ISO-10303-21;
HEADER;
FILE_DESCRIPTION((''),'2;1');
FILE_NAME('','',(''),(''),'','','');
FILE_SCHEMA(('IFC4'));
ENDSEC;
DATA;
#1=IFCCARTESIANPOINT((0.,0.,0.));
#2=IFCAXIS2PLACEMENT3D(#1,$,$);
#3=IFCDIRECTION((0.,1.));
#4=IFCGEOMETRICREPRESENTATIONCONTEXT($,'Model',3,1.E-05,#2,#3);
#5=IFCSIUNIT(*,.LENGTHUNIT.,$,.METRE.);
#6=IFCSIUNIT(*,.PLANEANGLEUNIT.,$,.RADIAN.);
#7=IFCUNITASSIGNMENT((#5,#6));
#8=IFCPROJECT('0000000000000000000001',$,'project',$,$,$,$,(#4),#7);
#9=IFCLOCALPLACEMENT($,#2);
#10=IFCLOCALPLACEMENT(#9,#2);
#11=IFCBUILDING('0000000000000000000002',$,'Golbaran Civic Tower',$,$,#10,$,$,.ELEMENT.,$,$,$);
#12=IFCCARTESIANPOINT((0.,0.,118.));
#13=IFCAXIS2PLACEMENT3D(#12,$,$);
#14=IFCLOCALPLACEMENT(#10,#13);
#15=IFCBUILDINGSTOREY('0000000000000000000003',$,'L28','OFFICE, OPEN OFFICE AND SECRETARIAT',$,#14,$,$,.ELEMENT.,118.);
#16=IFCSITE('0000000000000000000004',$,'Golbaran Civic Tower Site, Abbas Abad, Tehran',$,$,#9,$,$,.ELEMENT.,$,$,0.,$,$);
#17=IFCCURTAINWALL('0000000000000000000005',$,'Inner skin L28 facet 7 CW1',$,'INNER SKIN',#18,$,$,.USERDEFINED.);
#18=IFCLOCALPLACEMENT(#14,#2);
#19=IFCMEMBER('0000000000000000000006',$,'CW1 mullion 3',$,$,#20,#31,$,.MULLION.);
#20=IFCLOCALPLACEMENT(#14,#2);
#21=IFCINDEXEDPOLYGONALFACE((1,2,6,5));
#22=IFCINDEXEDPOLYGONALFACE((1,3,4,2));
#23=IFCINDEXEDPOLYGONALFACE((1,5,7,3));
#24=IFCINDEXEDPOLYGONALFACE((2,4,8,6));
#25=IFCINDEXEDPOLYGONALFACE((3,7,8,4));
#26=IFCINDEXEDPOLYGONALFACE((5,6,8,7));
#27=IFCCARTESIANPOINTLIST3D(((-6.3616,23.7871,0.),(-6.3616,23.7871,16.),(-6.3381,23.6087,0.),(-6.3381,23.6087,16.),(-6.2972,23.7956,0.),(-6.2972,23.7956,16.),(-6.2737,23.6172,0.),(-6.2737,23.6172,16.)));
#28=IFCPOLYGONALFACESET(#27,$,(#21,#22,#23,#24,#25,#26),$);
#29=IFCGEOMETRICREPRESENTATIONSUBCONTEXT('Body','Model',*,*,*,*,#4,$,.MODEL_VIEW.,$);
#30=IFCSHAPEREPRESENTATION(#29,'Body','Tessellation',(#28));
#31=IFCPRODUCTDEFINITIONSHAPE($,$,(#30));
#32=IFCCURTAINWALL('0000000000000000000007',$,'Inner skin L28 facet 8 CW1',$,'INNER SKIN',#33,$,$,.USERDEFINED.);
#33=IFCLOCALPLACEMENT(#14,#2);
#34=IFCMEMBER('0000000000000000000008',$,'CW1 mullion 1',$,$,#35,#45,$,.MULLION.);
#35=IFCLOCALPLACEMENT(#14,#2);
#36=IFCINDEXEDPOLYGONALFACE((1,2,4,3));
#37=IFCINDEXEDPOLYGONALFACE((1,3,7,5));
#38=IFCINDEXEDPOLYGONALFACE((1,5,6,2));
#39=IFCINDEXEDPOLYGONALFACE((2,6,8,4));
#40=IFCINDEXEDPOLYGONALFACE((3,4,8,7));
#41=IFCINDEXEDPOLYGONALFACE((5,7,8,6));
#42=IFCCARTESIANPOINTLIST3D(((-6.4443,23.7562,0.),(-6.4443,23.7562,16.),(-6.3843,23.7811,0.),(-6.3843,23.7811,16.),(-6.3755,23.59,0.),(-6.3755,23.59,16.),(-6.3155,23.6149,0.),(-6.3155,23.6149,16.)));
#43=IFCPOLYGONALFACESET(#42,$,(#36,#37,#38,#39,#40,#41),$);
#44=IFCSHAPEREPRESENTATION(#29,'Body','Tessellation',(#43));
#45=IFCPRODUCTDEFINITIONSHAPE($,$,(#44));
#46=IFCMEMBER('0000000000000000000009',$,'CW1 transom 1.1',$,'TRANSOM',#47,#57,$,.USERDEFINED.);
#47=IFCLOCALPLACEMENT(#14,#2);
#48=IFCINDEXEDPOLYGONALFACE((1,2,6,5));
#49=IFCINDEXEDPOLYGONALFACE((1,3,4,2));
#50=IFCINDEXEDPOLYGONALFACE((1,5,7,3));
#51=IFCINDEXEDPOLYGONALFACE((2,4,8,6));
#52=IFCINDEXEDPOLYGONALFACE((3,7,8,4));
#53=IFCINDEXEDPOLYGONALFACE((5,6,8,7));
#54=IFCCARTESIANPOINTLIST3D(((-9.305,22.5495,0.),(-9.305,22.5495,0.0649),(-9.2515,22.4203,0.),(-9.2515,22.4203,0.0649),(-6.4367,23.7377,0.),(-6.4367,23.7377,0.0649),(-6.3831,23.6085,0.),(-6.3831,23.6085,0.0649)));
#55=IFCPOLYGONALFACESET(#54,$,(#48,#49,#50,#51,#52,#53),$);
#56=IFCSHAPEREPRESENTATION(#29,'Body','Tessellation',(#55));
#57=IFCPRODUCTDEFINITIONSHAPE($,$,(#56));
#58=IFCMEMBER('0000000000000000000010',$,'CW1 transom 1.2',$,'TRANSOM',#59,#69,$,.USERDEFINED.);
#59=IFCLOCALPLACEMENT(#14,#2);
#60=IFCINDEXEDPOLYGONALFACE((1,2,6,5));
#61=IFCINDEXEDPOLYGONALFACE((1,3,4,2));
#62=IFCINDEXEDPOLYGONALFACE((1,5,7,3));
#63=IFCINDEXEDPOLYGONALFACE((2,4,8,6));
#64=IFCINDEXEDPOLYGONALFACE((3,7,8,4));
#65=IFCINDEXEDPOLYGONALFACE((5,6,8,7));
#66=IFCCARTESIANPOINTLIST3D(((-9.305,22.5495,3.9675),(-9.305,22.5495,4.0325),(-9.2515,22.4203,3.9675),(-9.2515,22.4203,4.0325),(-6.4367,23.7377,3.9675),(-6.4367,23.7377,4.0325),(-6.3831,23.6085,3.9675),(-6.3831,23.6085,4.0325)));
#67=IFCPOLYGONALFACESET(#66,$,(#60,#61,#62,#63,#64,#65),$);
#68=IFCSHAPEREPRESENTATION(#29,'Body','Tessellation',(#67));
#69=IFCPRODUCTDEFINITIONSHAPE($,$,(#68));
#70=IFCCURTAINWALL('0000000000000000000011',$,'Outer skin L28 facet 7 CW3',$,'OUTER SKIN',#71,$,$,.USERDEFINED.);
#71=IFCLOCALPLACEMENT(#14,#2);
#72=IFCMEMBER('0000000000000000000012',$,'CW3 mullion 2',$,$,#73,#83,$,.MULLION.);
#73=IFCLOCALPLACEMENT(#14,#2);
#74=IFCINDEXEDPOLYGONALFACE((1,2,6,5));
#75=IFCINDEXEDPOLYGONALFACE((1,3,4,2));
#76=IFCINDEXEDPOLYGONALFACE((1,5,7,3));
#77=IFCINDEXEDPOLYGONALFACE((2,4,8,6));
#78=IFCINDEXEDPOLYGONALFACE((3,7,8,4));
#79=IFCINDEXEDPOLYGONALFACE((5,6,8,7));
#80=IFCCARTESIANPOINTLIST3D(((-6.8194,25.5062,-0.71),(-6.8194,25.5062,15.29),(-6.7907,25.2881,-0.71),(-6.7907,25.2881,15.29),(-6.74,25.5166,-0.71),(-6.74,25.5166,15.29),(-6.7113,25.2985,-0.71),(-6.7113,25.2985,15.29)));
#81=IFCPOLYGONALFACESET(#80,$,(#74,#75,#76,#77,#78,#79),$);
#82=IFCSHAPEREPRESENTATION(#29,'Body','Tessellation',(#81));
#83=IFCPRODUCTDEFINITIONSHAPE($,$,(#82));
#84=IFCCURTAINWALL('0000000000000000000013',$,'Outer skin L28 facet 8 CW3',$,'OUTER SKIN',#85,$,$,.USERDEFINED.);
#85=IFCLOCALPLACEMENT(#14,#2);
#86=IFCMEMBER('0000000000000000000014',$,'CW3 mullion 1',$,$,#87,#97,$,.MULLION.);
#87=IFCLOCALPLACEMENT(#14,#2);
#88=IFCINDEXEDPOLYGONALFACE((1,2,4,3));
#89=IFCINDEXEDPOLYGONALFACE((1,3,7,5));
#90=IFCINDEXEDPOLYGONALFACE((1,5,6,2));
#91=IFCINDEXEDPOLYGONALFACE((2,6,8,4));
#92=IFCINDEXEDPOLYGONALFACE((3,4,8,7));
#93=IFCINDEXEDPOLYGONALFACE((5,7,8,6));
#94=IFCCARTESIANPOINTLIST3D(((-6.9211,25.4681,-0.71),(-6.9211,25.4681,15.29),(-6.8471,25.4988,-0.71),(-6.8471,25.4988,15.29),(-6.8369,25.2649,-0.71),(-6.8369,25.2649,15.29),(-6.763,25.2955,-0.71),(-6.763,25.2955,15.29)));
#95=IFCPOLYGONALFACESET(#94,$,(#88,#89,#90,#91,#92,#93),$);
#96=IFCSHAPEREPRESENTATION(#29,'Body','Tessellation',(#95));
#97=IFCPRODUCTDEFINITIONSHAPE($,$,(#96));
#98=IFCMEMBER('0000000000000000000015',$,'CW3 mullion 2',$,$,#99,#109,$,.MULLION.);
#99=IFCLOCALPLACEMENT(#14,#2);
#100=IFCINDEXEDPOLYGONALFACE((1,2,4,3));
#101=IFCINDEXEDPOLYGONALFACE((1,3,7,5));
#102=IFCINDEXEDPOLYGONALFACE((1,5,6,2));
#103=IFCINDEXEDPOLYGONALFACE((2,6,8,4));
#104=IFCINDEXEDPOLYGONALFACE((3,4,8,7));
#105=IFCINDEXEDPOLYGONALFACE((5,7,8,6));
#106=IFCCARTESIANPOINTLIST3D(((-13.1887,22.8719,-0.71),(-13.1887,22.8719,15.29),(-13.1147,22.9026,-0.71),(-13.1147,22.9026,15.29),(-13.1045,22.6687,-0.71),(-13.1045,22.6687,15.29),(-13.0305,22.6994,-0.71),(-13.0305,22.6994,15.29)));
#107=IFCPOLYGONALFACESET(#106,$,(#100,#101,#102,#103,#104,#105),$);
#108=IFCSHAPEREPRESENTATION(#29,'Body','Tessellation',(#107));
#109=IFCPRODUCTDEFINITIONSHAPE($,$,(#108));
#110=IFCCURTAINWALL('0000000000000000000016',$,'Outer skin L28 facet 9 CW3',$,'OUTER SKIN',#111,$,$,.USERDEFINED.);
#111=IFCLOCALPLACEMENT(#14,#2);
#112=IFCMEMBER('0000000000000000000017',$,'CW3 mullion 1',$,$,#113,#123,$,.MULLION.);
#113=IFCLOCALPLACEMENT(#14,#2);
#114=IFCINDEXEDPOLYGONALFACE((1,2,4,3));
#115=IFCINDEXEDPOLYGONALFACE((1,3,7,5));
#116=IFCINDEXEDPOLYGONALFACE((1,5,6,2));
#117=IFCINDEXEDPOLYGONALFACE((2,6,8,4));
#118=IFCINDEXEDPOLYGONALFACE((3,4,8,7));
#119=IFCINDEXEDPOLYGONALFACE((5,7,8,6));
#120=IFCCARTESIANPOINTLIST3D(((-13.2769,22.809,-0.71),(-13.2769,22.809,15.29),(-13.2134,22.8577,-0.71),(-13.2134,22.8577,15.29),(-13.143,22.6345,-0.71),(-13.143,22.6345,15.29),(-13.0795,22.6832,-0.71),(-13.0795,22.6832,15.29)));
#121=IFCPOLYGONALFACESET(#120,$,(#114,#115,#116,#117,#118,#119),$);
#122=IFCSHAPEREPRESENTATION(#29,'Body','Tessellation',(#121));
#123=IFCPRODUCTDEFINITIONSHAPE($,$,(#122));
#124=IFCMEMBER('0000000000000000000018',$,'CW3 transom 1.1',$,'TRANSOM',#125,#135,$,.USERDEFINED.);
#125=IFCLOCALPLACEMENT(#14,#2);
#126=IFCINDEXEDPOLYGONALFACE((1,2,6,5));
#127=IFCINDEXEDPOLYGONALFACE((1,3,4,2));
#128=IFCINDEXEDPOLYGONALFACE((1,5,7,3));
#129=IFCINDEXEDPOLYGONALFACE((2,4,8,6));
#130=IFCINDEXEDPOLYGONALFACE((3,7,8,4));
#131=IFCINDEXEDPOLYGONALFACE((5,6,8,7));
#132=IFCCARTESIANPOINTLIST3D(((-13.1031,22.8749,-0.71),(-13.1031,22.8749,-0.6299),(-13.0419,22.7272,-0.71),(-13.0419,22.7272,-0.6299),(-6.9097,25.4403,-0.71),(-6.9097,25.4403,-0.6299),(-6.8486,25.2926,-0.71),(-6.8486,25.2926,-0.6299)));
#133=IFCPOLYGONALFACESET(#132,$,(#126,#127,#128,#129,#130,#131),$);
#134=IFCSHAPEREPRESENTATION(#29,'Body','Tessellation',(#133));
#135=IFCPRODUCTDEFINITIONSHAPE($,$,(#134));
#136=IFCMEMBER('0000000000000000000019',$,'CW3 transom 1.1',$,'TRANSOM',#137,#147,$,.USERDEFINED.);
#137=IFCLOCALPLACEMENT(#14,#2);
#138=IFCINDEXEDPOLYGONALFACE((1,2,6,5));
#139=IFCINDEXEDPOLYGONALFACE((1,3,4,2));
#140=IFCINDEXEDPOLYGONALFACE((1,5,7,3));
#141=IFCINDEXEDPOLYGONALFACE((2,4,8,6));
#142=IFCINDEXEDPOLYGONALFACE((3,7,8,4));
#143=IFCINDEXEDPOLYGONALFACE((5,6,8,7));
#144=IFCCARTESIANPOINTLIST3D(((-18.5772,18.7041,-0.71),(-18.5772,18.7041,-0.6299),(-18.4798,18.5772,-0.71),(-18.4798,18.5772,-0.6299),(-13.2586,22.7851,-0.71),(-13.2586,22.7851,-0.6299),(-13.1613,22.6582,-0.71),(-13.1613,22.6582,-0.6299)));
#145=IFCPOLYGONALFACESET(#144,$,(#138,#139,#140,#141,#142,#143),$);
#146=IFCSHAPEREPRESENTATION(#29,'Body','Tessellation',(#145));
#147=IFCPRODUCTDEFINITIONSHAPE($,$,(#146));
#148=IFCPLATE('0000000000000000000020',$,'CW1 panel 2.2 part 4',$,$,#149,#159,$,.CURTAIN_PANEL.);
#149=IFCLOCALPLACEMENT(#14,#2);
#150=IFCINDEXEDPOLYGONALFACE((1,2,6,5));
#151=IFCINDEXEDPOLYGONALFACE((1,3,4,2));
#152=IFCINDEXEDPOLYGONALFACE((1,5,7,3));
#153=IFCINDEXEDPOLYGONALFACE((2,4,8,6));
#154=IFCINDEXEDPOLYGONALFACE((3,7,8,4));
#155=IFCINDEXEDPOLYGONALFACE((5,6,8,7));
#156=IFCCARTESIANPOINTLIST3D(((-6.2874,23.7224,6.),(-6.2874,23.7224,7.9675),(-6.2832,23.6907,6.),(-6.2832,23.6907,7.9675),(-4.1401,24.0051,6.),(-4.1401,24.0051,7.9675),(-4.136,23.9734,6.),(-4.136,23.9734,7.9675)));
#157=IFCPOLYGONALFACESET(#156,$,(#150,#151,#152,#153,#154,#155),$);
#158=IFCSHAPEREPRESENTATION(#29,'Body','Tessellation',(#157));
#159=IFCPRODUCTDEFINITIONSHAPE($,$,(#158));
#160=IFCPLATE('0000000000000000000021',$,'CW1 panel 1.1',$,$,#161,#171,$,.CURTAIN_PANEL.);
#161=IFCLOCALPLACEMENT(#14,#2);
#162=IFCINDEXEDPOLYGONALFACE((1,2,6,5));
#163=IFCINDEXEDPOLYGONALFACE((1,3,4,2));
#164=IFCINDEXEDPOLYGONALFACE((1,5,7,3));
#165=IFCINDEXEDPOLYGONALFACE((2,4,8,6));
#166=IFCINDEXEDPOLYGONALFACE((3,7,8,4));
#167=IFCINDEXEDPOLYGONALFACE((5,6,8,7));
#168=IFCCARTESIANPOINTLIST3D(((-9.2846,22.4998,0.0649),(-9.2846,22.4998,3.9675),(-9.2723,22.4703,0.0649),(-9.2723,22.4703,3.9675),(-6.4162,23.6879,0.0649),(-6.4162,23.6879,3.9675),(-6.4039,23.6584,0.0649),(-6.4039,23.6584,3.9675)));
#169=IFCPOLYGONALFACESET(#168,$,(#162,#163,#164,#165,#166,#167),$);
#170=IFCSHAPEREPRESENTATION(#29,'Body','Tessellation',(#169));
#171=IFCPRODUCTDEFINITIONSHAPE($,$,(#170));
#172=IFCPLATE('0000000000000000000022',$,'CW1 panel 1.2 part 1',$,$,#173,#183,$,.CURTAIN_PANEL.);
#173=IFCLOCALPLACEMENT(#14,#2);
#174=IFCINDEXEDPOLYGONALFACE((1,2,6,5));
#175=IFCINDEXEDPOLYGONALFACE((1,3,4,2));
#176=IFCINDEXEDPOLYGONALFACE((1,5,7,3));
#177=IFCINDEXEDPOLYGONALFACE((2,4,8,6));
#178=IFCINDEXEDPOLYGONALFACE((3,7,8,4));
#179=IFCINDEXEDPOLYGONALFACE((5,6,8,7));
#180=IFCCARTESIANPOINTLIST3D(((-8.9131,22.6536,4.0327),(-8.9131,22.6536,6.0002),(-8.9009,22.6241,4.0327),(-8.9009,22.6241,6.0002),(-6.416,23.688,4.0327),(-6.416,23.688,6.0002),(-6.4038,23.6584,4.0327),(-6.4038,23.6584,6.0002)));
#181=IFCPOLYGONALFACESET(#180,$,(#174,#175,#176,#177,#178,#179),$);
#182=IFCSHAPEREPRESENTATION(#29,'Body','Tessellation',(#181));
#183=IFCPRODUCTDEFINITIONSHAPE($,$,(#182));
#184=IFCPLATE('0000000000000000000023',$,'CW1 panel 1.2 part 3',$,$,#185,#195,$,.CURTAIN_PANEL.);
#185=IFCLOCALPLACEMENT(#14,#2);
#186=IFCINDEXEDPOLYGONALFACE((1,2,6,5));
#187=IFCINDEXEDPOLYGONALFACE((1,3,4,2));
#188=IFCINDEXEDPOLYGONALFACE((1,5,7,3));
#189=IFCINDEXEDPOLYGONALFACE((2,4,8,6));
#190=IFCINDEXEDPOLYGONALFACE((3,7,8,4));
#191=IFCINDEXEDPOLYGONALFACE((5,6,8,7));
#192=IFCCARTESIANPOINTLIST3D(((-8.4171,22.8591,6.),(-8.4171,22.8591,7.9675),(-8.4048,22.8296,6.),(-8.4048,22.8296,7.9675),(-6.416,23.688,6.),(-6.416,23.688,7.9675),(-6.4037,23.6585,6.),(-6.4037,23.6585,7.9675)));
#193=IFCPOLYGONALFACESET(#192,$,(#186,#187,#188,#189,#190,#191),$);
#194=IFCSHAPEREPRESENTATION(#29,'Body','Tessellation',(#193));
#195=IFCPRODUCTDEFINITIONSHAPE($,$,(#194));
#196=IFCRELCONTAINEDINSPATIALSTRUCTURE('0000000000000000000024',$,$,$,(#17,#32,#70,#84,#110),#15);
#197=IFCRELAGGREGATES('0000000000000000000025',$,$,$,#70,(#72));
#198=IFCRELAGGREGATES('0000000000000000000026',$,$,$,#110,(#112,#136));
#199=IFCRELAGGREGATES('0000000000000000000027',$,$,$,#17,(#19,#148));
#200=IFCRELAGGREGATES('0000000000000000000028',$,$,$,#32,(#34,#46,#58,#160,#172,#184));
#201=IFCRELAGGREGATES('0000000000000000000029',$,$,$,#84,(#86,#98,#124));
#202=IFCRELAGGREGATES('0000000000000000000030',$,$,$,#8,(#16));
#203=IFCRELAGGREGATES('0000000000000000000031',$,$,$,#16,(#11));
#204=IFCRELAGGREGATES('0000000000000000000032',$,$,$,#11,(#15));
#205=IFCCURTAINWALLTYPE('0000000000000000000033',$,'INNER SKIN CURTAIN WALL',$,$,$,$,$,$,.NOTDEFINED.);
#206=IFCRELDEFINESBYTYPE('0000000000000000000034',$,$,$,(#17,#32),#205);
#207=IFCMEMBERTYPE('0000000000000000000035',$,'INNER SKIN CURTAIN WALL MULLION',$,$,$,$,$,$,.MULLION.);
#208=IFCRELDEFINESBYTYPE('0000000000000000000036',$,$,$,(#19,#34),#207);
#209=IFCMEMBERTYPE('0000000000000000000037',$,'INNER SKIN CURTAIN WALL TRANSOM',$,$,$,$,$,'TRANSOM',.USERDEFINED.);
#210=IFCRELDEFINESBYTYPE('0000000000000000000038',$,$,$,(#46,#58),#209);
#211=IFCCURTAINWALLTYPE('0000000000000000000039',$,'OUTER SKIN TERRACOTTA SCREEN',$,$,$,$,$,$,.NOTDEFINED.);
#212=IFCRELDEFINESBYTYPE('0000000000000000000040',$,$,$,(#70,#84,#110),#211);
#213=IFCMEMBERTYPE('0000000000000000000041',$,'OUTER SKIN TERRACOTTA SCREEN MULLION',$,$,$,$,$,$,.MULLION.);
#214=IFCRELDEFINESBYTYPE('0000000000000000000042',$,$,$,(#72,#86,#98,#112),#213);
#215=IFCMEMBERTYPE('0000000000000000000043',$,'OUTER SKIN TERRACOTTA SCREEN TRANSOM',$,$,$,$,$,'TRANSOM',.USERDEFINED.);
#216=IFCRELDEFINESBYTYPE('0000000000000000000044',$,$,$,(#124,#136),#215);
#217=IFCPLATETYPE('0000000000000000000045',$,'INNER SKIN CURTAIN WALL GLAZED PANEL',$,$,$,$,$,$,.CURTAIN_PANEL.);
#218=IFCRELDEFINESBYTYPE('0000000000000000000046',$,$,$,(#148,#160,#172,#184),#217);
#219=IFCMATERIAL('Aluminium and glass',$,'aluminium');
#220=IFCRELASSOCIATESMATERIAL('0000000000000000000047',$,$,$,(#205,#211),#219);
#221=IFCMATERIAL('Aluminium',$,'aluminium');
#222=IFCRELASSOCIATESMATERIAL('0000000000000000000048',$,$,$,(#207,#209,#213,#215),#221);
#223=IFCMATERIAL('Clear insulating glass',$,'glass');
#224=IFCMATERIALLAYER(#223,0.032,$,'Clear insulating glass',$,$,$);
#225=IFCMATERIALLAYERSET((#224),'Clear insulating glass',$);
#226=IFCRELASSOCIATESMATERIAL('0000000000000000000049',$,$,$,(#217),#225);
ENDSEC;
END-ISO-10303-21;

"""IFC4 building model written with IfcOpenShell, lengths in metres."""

from ifc_helpers import new_model, si_unit, direction, frame, origin, origin_2d, place, context, subcontext, project, spatial, rectangle, extrude, material, layer, layer_set, material_profile, profile_set, type_object, element, aggregate, save


model = new_model("IFC4")

# Units and contexts
model_context = context("Model", 3, precision=1e-05, world=origin(), true_north=direction((0.0, 1.0)))
body_context = subcontext(model_context, "Body", "Model", "MODEL_VIEW")
ifc_project = project(units=[si_unit("LENGTHUNIT", "METRE"), si_unit("PLANEANGLEUNIT", "RADIAN")], contexts=[model_context])

# Site, building, storey
site_placement = place(None, origin())
site = spatial("IfcSite", under=ifc_project, at=site_placement, Name="Golbaran Civic Tower Site, Abbas Abad, Tehran", CompositionType="ELEMENT", RefElevation=0.0)
building_placement = place(site_placement, origin())
building = spatial("IfcBuilding", under=site, at=building_placement, Name="Golbaran Civic Tower", CompositionType="ELEMENT")
storey_placement = place(building_placement, frame((0.0, 0.0, 118.0)))
storey = spatial("IfcBuildingStorey", under=building, at=storey_placement, Name="L28", Description="OFFICE, OPEN OFFICE AND SECRETARIAT", CompositionType="ELEMENT", Elevation=118.0)

# Curtain wall, member
ifc_material_1 = material(Name="Aluminium and glass", Category="aluminium")
curtain_wall_type_1 = type_object("IfcCurtainWallType", Name="INNER SKIN CURTAIN WALL", PredefinedType="NOTDEFINED", material=ifc_material_1)
curtain_wall_1_placement = place(storey_placement, origin())
curtain_wall_1 = element("IfcCurtainWall", 1, at=curtain_wall_1_placement, inside=storey, type_object=curtain_wall_type_1, Name="Inner skin L28 facet 7 CW1", ObjectType="INNER SKIN", PredefinedType="USERDEFINED")
ifc_material_2 = material(Name="Aluminium", Category="aluminium")
ifc_material_profile_1 = material_profile(ifc_material_2, rectangle(XDim=0.1799, YDim=0.0649, at=origin_2d()), Name="INNER SKIN CURTAIN WALL MULLION")
ifc_profile_set_1 = profile_set([ifc_material_profile_1], Name="Aluminium")
member_type_1 = type_object("IfcMemberType", Name="INNER SKIN CURTAIN WALL MULLION", PredefinedType="MULLION", material=ifc_profile_set_1)
member_1_placement = place(storey_placement, frame((-6.3176, 23.7021, 0.0), z_axis=(0.0, 0.0, 1.0), x_axis=(0.130526, -0.991445, 0.0)))
member_1 = element("IfcMember", 2, at=member_1_placement, type_object=member_type_1, Name="CW1 mullion 3", PredefinedType="MULLION", context=body_context, shape_type="SweptSolid", body=[
    extrude(rectangle(XDim=0.1799, YDim=0.0649, at=origin_2d()), origin(), (0.0, 0.0, 1.0), 16.0),
])

# Curtain wall, members
curtain_wall_2_placement = place(storey_placement, origin())
curtain_wall_2 = element("IfcCurtainWall", 3, at=curtain_wall_2_placement, inside=storey, type_object=curtain_wall_type_1, Name="Inner skin L28 facet 8 CW1", ObjectType="INNER SKIN", PredefinedType="USERDEFINED")
member_2_placement = place(storey_placement, frame((-6.3799, 23.6855, 0.0), z_axis=(0.0, 0.0, 1.0), x_axis=(0.382683, -0.92388, 0.0)))
member_2 = element("IfcMember", 4, at=member_2_placement, type_object=member_type_1, Name="CW1 mullion 1", PredefinedType="MULLION", context=body_context, shape_type="SweptSolid", body=[
    extrude(rectangle(XDim=0.1799, YDim=0.0649, at=origin_2d()), origin(), (0.0, 0.0, 1.0), 16.0),
])
ifc_material_profile_2 = material_profile(ifc_material_2, rectangle(XDim=0.1399, YDim=0.0649, at=origin_2d()), Name="INNER SKIN CURTAIN WALL TRANSOM")
ifc_profile_set_2 = profile_set([ifc_material_profile_2], Name="Aluminium")
member_type_2 = type_object("IfcMemberType", Name="INNER SKIN CURTAIN WALL TRANSOM", ElementType="TRANSOM", PredefinedType="USERDEFINED", material=ifc_profile_set_2)
member_3_placement = place(storey_placement, frame((-6.4099, 23.6731, 0.0325), z_axis=(-0.923868, -0.382711, 0.0), x_axis=(0.382711, -0.923868, 0.0)))
member_3 = element("IfcMember", 5, at=member_3_placement, type_object=member_type_2, Name="CW1 transom 1.1", ObjectType="TRANSOM", PredefinedType="USERDEFINED", context=body_context, shape_type="SweptSolid", body=[
    extrude(rectangle(XDim=0.1399, YDim=0.0649, at=origin_2d()), origin(), (0.0, 0.0, 1.0), 3.1047),
])
member_4_placement = place(storey_placement, frame((-6.4099, 23.6731, 4.0), z_axis=(-0.923868, -0.382711, 0.0), x_axis=(0.382711, -0.923868, 0.0)))
member_4 = element("IfcMember", 6, at=member_4_placement, type_object=member_type_2, Name="CW1 transom 1.2", ObjectType="TRANSOM", PredefinedType="USERDEFINED", context=body_context, shape_type="SweptSolid", body=[
    extrude(rectangle(XDim=0.1399, YDim=0.0649, at=origin_2d()), origin(), (0.0, 0.0, 1.0), 3.1047),
])

# Curtain wall, member
curtain_wall_type_2 = type_object("IfcCurtainWallType", Name="OUTER SKIN TERRACOTTA SCREEN", PredefinedType="NOTDEFINED", material=ifc_material_1)
curtain_wall_3_placement = place(storey_placement, origin())
curtain_wall_3 = element("IfcCurtainWall", 7, at=curtain_wall_3_placement, inside=storey, type_object=curtain_wall_type_2, Name="Outer skin L28 facet 7 CW3", ObjectType="OUTER SKIN", PredefinedType="USERDEFINED")
ifc_material_profile_3 = material_profile(ifc_material_2, rectangle(XDim=0.22, YDim=0.0801, at=origin_2d()), Name="OUTER SKIN TERRACOTTA SCREEN MULLION")
ifc_profile_set_3 = profile_set([ifc_material_profile_3], Name="Aluminium")
member_type_3 = type_object("IfcMemberType", Name="OUTER SKIN TERRACOTTA SCREEN MULLION", PredefinedType="MULLION", material=ifc_profile_set_3)
member_5_placement = place(storey_placement, frame((-6.7654, 25.4023, -0.71), z_axis=(0.0, 0.0, 1.0), x_axis=(0.130526, -0.991445, 0.0)))
member_5 = element("IfcMember", 8, at=member_5_placement, type_object=member_type_3, Name="CW3 mullion 2", PredefinedType="MULLION", context=body_context, shape_type="SweptSolid", body=[
    extrude(rectangle(XDim=0.22, YDim=0.0801, at=origin_2d()), origin(), (0.0, 0.0, 1.0), 16.0),
])
aggregate(curtain_wall_3, [member_5])

# Curtain wall, members
curtain_wall_4_placement = place(storey_placement, origin())
curtain_wall_4 = element("IfcCurtainWall", 9, at=curtain_wall_4_placement, inside=storey, type_object=curtain_wall_type_2, Name="Outer skin L28 facet 8 CW3", ObjectType="OUTER SKIN", PredefinedType="USERDEFINED")
member_6_placement = place(storey_placement, frame((-6.842, 25.3818, -0.71), z_axis=(0.0, 0.0, 1.0), x_axis=(0.382683, -0.92388, 0.0)))
member_6 = element("IfcMember", 10, at=member_6_placement, type_object=member_type_3, Name="CW3 mullion 1", PredefinedType="MULLION", context=body_context, shape_type="SweptSolid", body=[
    extrude(rectangle(XDim=0.22, YDim=0.0801, at=origin_2d()), origin(), (0.0, 0.0, 1.0), 16.0),
])
member_7_placement = place(storey_placement, frame((-13.1096, 22.7856, -0.71), z_axis=(0.0, 0.0, 1.0), x_axis=(0.382683, -0.92388, 0.0)))
member_7 = element("IfcMember", 11, at=member_7_placement, type_object=member_type_3, Name="CW3 mullion 2", PredefinedType="MULLION", context=body_context, shape_type="SweptSolid", body=[
    extrude(rectangle(XDim=0.22, YDim=0.0801, at=origin_2d()), origin(), (0.0, 0.0, 1.0), 16.0),
])

# Curtain wall, member
curtain_wall_5_placement = place(storey_placement, origin())
curtain_wall_5 = element("IfcCurtainWall", 12, at=curtain_wall_5_placement, inside=storey, type_object=curtain_wall_type_2, Name="Outer skin L28 facet 9 CW3", ObjectType="OUTER SKIN", PredefinedType="USERDEFINED")
member_8_placement = place(storey_placement, frame((-13.1782, 22.7461, -0.71), z_axis=(0.0, 0.0, 1.0), x_axis=(0.608761, -0.793353, 0.0)))
member_8 = element("IfcMember", 13, at=member_8_placement, type_object=member_type_3, Name="CW3 mullion 1", PredefinedType="MULLION", context=body_context, shape_type="SweptSolid", body=[
    extrude(rectangle(XDim=0.22, YDim=0.0801, at=origin_2d()), origin(), (0.0, 0.0, 1.0), 16.0),
])

# Members
ifc_material_profile_4 = material_profile(ifc_material_2, rectangle(XDim=0.1599, YDim=0.0801, at=origin_2d()), Name="OUTER SKIN TERRACOTTA SCREEN TRANSOM")
ifc_profile_set_4 = profile_set([ifc_material_profile_4], Name="Aluminium")
member_type_4 = type_object("IfcMemberType", Name="OUTER SKIN TERRACOTTA SCREEN TRANSOM", ElementType="TRANSOM", PredefinedType="USERDEFINED", material=ifc_profile_set_4)
member_9_placement = place(storey_placement, frame((-6.8792, 25.3665, -0.6699), z_axis=(-0.923877, -0.382691, 0.0), x_axis=(0.382691, -0.923877, 0.0)))
member_9 = element("IfcMember", 14, at=member_9_placement, type_object=member_type_4, Name="CW3 transom 1.1", ObjectType="TRANSOM", PredefinedType="USERDEFINED", context=body_context, shape_type="SweptSolid", body=[
    extrude(rectangle(XDim=0.1599, YDim=0.0801, at=origin_2d()), origin(), (0.0, 0.0, 1.0), 6.7036),
])
member_10_placement = place(storey_placement, frame((-13.21, 22.7217, -0.6699), z_axis=(-0.793357, -0.608756, 0.0), x_axis=(0.608756, -0.793357, 0.0)))
member_10 = element("IfcMember", 15, at=member_10_placement, type_object=member_type_4, Name="CW3 transom 1.1", ObjectType="TRANSOM", PredefinedType="USERDEFINED", context=body_context, shape_type="SweptSolid", body=[
    extrude(rectangle(XDim=0.1599, YDim=0.0801, at=origin_2d()), origin(), (0.0, 0.0, 1.0), 6.7039),
])
aggregate(curtain_wall_5, [member_8, member_10])

# Plates
ifc_material_3 = material(Name="Clear insulating glass", Category="glass")
ifc_layer_1 = layer(ifc_material_3, 0.032, Name="Clear insulating glass")
ifc_layer_set_1 = layer_set([ifc_layer_1], Name="Clear insulating glass")
plate_type_1 = type_object("IfcPlateType", Name="INNER SKIN CURTAIN WALL GLAZED PANEL", PredefinedType="CURTAIN_PANEL", material=ifc_layer_set_1)
plate_1_placement = place(storey_placement, frame((-5.2117, 23.8479, 6.0), z_axis=(0.0, 0.0, 1.0), x_axis=(-0.991445, -0.130526, 0.0)))
plate_1 = element("IfcPlate", 16, at=plate_1_placement, type_object=plate_type_1, Name="CW1 panel 2.2 part 4", PredefinedType="CURTAIN_PANEL", context=body_context, shape_type="SweptSolid", body=[
    extrude(rectangle(XDim=2.1658, YDim=0.032, at=origin_2d()), origin(), (0.0, 0.0, 1.0), 1.9675),
])
aggregate(curtain_wall_1, [member_1, plate_1])
plate_2_placement = place(storey_placement, frame((-7.8442, 23.0791, 0.0649), z_axis=(0.0, 0.0, 1.0), x_axis=(-0.92388, -0.382683, 0.0)))
plate_2 = element("IfcPlate", 17, at=plate_2_placement, type_object=plate_type_1, Name="CW1 panel 1.1", PredefinedType="CURTAIN_PANEL", context=body_context, shape_type="SweptSolid", body=[
    extrude(rectangle(XDim=3.1047, YDim=0.032, at=origin_2d()), origin(), (0.0, 0.0, 1.0), 3.9026),
])
plate_3_placement = place(storey_placement, frame((-7.6584, 23.156, 4.0327), z_axis=(0.0, 0.0, 1.0), x_axis=(-0.92388, -0.382683, 0.0)))
plate_3 = element("IfcPlate", 18, at=plate_3_placement, type_object=plate_type_1, Name="CW1 panel 1.2 part 1", PredefinedType="CURTAIN_PANEL", context=body_context, shape_type="SweptSolid", body=[
    extrude(rectangle(XDim=2.7029, YDim=0.032, at=origin_2d()), origin(), (0.0, 0.0, 1.0), 1.9675),
])
plate_4_placement = place(storey_placement, frame((-7.4104, 23.2588, 6.0), z_axis=(0.0, 0.0, 1.0), x_axis=(-0.92388, -0.382683, 0.0)))
plate_4 = element("IfcPlate", 19, at=plate_4_placement, type_object=plate_type_1, Name="CW1 panel 1.2 part 3", PredefinedType="CURTAIN_PANEL", context=body_context, shape_type="SweptSolid", body=[
    extrude(rectangle(XDim=2.166, YDim=0.032, at=origin_2d()), origin(), (0.0, 0.0, 1.0), 1.9675),
])
aggregate(curtain_wall_2, [member_2, member_3, member_4, plate_2, plate_3, plate_4])
aggregate(curtain_wall_4, [member_6, member_7, member_9])

save(model, "model.ifc")
